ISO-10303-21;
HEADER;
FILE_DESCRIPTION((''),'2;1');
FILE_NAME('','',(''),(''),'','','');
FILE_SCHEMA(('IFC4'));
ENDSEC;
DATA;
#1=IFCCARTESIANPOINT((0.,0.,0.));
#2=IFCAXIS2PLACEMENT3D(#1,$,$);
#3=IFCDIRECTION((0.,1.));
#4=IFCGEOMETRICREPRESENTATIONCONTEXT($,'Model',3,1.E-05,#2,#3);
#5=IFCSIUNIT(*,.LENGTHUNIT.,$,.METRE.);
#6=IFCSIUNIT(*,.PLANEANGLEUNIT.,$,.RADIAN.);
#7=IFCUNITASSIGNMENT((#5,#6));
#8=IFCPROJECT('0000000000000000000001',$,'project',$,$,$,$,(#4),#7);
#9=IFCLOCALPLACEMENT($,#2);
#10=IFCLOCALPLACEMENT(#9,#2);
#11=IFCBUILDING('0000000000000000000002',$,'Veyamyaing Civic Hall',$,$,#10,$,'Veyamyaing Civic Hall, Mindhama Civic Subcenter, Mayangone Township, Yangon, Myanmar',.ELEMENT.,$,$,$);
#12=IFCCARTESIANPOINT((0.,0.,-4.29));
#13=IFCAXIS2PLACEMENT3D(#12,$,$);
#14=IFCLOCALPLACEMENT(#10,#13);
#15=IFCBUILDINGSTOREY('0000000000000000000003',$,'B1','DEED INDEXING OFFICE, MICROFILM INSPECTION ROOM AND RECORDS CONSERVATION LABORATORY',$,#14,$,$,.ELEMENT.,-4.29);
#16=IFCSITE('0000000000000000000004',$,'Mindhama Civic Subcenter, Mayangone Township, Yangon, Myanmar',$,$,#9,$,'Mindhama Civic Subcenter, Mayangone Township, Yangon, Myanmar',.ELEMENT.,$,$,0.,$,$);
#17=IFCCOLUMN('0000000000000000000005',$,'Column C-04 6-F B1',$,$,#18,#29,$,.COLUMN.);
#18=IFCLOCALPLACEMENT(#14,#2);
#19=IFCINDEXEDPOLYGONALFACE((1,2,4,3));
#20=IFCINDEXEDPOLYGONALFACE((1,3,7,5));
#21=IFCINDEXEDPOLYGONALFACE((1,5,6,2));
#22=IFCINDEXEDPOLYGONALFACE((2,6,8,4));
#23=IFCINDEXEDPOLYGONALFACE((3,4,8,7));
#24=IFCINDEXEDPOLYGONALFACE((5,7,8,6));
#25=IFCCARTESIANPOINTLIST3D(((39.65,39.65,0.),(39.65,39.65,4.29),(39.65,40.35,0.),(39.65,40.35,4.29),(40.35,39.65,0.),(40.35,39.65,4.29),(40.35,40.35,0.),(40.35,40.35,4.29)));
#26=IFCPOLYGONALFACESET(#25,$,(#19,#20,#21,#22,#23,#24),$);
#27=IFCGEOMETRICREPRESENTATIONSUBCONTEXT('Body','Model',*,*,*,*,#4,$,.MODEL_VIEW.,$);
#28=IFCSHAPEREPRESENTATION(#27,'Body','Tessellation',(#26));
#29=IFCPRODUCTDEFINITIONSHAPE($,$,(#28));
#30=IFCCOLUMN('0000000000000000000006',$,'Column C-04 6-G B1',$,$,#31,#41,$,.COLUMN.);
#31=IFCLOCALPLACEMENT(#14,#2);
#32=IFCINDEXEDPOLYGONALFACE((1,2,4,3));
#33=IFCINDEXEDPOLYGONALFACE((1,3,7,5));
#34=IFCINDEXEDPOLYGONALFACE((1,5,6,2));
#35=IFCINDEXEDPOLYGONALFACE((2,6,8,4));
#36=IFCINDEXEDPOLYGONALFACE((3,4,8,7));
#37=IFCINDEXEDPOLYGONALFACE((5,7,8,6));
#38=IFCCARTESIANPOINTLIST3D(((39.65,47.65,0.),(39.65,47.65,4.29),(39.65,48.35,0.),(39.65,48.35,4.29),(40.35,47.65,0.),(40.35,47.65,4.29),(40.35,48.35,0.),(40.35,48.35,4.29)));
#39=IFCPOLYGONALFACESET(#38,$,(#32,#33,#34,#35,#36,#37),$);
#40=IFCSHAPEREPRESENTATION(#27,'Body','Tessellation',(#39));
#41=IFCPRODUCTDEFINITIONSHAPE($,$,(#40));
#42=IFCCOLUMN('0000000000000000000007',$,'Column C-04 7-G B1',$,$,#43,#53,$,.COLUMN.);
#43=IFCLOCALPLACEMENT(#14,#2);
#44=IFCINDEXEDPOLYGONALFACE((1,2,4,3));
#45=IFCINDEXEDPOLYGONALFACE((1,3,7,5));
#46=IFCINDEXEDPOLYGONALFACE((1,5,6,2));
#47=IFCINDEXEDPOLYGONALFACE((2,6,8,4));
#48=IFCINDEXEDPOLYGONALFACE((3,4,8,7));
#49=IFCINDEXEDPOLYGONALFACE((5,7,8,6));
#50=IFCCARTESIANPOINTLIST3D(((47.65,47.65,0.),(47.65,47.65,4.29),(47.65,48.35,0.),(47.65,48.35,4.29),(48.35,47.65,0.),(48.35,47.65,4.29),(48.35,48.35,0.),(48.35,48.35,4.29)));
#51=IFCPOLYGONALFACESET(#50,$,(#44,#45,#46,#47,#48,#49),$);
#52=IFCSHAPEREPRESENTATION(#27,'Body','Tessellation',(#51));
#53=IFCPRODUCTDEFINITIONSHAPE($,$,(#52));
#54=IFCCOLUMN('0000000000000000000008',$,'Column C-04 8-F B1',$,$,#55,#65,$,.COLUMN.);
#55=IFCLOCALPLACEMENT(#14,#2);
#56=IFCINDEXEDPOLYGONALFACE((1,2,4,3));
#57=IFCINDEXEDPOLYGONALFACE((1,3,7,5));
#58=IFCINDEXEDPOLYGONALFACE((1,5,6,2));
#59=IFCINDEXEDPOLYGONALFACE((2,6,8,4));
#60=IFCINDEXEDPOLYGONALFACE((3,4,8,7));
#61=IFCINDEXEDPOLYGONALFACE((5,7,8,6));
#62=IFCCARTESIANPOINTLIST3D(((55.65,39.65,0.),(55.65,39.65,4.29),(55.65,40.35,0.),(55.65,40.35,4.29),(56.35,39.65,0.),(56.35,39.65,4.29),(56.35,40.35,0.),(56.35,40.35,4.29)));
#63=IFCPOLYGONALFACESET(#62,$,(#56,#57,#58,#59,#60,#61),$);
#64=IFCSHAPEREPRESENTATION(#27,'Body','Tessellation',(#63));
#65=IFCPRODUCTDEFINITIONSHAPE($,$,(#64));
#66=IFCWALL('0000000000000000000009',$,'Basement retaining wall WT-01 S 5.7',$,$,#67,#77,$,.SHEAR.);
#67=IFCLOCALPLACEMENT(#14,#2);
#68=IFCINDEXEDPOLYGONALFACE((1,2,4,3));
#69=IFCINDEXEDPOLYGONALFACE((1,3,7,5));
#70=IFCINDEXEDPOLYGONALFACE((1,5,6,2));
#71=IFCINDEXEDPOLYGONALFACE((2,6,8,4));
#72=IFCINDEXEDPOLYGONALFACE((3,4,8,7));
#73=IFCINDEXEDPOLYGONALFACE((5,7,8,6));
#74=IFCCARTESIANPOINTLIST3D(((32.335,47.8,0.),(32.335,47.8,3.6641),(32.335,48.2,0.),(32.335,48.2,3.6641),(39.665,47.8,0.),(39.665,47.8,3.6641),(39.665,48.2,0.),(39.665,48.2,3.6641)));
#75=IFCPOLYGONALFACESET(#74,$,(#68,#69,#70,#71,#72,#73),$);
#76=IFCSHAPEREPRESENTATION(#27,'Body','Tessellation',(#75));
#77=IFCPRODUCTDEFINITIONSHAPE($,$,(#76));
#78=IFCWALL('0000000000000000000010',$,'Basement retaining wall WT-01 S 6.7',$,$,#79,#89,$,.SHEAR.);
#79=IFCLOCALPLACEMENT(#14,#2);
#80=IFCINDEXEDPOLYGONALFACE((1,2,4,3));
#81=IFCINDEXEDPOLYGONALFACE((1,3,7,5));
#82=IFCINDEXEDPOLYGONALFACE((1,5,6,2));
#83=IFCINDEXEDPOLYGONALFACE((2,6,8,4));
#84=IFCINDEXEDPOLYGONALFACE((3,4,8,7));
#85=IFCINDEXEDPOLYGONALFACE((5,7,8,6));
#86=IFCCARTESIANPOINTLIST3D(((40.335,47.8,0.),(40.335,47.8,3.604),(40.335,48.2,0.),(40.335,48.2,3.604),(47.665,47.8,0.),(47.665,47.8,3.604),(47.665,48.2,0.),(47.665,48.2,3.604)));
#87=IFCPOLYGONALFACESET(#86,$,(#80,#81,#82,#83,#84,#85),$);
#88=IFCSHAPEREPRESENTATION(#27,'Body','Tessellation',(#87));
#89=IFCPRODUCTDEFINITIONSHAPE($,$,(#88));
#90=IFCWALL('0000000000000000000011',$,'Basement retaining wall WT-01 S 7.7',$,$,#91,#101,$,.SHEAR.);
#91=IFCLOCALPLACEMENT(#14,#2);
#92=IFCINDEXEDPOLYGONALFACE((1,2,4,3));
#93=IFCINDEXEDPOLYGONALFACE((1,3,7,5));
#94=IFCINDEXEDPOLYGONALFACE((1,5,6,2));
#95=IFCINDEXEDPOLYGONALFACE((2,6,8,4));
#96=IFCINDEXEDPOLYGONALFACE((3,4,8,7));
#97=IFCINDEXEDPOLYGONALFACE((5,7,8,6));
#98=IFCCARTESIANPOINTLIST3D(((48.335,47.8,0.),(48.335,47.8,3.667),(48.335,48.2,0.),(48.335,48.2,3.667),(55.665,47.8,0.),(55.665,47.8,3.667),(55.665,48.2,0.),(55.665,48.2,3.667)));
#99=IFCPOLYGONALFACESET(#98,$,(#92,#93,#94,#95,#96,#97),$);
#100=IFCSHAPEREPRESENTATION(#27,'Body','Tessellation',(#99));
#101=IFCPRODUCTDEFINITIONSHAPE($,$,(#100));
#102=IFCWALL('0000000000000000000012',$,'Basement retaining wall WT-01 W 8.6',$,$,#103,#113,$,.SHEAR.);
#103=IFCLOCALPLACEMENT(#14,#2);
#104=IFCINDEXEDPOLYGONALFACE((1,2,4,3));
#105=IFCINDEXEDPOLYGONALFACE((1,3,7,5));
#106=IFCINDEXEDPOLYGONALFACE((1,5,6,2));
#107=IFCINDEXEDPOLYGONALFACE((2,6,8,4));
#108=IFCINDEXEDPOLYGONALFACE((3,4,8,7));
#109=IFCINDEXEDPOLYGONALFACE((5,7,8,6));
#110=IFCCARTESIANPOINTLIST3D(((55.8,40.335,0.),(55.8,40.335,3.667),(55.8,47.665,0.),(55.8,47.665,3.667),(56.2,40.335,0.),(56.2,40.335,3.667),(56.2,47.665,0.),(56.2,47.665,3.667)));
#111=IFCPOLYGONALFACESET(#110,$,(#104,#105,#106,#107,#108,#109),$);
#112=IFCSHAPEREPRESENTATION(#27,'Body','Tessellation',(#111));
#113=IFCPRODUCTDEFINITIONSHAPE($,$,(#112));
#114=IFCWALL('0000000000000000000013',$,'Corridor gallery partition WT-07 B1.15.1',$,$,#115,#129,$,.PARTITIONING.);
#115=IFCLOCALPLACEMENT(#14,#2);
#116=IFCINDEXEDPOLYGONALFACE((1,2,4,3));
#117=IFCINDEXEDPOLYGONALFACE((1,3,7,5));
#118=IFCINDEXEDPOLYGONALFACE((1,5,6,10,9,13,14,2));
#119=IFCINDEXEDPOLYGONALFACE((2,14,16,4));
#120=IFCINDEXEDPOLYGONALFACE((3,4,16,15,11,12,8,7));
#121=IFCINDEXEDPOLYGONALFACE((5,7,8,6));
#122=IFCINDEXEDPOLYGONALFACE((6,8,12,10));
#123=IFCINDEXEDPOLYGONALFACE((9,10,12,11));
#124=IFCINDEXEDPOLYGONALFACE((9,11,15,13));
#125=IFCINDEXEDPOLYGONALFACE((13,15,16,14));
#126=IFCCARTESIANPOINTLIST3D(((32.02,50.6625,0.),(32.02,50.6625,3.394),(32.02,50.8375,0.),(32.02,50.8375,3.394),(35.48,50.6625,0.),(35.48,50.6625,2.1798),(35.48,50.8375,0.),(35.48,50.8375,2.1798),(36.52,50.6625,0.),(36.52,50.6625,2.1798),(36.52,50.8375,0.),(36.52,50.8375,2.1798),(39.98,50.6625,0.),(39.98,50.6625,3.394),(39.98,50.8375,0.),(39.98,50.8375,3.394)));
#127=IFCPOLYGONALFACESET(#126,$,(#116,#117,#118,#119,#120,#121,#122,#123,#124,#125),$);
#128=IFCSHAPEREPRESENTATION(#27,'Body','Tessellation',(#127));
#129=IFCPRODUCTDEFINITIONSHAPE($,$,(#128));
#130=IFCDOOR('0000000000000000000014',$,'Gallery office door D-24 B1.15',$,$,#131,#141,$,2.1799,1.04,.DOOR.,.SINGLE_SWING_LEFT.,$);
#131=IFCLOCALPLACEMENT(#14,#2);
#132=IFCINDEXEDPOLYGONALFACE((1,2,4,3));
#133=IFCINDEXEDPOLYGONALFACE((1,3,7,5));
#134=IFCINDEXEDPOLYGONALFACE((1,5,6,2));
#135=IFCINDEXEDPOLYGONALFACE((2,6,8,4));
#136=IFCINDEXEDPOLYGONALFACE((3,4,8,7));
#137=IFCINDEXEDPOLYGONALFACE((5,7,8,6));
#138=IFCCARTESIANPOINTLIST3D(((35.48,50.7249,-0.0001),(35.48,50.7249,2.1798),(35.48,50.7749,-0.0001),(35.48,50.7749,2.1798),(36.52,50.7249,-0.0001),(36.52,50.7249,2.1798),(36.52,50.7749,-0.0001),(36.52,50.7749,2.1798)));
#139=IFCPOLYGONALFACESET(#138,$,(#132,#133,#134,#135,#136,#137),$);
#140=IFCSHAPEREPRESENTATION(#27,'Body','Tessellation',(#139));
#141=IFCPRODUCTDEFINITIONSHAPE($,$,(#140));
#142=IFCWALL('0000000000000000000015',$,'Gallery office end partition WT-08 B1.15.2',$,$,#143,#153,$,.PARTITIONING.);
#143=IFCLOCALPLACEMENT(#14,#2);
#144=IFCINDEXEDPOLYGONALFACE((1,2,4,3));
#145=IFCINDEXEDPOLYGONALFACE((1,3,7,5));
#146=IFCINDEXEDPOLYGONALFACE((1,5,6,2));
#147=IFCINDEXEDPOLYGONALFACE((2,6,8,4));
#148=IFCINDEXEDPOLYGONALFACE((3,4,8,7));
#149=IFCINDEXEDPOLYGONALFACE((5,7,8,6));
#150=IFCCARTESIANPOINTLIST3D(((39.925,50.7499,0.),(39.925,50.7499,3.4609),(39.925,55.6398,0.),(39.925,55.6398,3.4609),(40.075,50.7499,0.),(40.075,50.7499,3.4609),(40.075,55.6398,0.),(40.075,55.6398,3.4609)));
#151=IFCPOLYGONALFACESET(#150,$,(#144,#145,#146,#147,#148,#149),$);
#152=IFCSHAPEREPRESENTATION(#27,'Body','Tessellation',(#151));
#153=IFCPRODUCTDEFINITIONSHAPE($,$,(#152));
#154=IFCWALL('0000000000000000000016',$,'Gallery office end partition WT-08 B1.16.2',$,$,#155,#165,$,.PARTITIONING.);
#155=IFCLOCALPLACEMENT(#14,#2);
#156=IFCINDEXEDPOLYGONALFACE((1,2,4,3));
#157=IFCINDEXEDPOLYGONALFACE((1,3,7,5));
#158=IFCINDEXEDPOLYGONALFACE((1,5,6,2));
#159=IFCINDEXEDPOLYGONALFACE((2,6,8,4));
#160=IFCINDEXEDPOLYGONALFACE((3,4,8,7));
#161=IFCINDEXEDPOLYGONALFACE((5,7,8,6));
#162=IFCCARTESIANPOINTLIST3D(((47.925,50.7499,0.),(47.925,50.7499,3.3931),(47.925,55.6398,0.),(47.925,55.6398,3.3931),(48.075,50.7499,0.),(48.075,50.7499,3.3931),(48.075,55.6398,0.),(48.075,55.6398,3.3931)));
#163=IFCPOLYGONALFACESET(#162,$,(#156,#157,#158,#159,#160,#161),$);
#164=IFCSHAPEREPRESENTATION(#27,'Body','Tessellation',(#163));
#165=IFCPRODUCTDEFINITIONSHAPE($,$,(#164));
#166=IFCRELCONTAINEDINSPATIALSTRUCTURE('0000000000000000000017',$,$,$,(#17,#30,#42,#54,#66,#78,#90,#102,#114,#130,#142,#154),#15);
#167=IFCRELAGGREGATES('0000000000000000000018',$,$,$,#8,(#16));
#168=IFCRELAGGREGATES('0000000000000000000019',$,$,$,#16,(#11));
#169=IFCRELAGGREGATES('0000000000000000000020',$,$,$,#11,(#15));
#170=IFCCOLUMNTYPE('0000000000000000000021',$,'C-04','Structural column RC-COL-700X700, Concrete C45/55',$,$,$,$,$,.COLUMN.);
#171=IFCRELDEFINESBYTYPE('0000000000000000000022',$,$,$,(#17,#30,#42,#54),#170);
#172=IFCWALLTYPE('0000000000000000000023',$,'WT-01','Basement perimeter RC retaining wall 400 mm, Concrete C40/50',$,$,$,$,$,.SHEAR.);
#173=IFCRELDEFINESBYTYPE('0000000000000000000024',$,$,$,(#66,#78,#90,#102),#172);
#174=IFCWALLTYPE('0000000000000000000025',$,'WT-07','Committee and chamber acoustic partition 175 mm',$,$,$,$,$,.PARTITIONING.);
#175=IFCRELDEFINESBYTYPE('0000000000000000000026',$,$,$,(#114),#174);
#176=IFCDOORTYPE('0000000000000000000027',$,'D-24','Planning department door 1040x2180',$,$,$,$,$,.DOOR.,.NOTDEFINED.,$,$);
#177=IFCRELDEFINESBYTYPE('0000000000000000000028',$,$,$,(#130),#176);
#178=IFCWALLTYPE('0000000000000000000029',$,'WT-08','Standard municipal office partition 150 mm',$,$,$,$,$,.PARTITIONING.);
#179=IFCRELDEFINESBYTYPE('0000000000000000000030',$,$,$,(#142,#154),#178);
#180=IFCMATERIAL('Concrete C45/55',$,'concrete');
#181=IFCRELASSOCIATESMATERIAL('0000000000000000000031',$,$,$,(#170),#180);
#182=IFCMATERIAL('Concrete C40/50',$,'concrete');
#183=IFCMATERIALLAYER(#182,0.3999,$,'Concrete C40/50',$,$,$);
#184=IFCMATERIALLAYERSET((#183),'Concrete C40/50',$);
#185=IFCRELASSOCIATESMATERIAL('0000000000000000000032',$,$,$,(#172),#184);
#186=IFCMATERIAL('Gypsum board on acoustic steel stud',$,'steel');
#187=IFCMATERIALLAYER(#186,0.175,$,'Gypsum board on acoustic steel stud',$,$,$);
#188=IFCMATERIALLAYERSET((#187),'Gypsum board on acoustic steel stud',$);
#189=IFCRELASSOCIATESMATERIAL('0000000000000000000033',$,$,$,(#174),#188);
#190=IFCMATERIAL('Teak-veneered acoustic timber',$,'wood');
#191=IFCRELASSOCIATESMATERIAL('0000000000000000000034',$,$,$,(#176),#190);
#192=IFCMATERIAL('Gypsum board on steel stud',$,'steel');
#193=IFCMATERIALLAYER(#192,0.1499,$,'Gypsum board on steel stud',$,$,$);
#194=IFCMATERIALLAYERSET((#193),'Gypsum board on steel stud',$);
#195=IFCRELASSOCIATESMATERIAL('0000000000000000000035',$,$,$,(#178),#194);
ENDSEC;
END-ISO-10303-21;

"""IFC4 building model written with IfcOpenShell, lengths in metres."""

from ifc_helpers import new_model, si_unit, direction, frame, frame_2d, origin, origin_2d, place, context, subcontext, project, spatial, rectangle, extrude, material, layer, layer_set, material_profile, profile_set, type_object, element, fill, save


model = new_model("IFC4")

# Units and contexts
model_context = context("Model", 3, precision=1e-05, world=origin(), true_north=direction((0.0, 1.0)))
body_context = subcontext(model_context, "Body", "Model", "MODEL_VIEW")
ifc_project = project(units=[si_unit("LENGTHUNIT", "METRE"), si_unit("PLANEANGLEUNIT", "RADIAN")], contexts=[model_context])

# Site, building, storey
site_placement = place(None, origin())
site = spatial("IfcSite", under=ifc_project, at=site_placement, Name="Mindhama Civic Subcenter, Mayangone Township, Yangon, Myanmar", LongName="Mindhama Civic Subcenter, Mayangone Township, Yangon, Myanmar", CompositionType="ELEMENT", RefElevation=0.0)
building_placement = place(site_placement, origin())
building = spatial("IfcBuilding", under=site, at=building_placement, Name="Veyamyaing Civic Hall", LongName="Veyamyaing Civic Hall, Mindhama Civic Subcenter, Mayangone Township, Yangon, Myanmar", CompositionType="ELEMENT")
storey_placement = place(building_placement, frame((0.0, 0.0, -4.29)))
storey = spatial("IfcBuildingStorey", under=building, at=storey_placement, Name="B1", Description="DEED INDEXING OFFICE, MICROFILM INSPECTION ROOM AND RECORDS CONSERVATION LABORATORY", CompositionType="ELEMENT", Elevation=-4.29)

# Shared definitions
ifc_material_1 = material(Name="Concrete C40/50", Category="concrete")

# Columns
ifc_material_2 = material(Name="Concrete C45/55", Category="concrete")
ifc_material_profile_1 = material_profile(ifc_material_2, rectangle(XDim=0.7, YDim=0.7, at=origin_2d()), Name="RC-COL-700X700")
ifc_profile_set_1 = profile_set([ifc_material_profile_1], Name="Concrete C45/55")
column_type = type_object("IfcColumnType", Name="C-04", Description="Structural column RC-COL-700X700, Concrete C45/55", PredefinedType="COLUMN", material=ifc_profile_set_1)
for number, where, z_axis, x_axis, name in (
    (1, (40.0, 40.0, 0.0), (0.0, 0.0, 1.0), (1.0, 0.0, 0.0), "Column C-04 6-F B1"),
    (2, (40.0, 48.0, 0.0), (0.0, 0.0, 1.0), (1.0, 0.0, 0.0), "Column C-04 6-G B1"),
    (3, (48.0, 48.0, 0.0), (0.0, 0.0, 1.0), (1.0, 0.0, 0.0), "Column C-04 7-G B1"),
    (4, (56.0, 40.0, 0.0), (0.0, 0.0, 1.0), (1.0, 0.0, 0.0), "Column C-04 8-F B1"),
):
    element("IfcColumn", number, at=place(storey_placement, frame(where, z_axis=z_axis, x_axis=x_axis)), inside=storey, type_object=column_type, Name=name, PredefinedType="COLUMN", context=body_context, shape_type="SweptSolid", body=[
        extrude(rectangle(XDim=0.7, YDim=0.7, at=origin_2d()), origin(), (0.0, 0.0, 1.0), 4.29),
    ])

# Walls
ifc_layer_1 = layer(ifc_material_1, 0.3999, Name="Concrete C40/50")
ifc_layer_set_1 = layer_set([ifc_layer_1], Name="Concrete C40/50")
wall_type_1 = type_object("IfcWallType", Name="WT-01", Description="Basement perimeter RC retaining wall 400 mm, Concrete C40/50", PredefinedType="SHEAR", material=ifc_layer_set_1)
wall_1_placement = place(storey_placement, frame((32.335, 48.0, 0.0), z_axis=(0.0, 0.0, 1.0), x_axis=(1.0, 0.0, 0.0)))
element("IfcWall", 5, at=wall_1_placement, inside=storey, type_object=wall_type_1, Name="Basement retaining wall WT-01 S 5.7", PredefinedType="SHEAR", context=body_context, shape_type="SweptSolid", body=[
    extrude(rectangle(XDim=7.3301, YDim=0.3999, at=frame_2d((3.665, 0.0))), origin(), (0.0, 0.0, 1.0), 3.6641),
])
wall_2_placement = place(storey_placement, frame((40.335, 48.0, 0.0), z_axis=(0.0, 0.0, 1.0), x_axis=(1.0, 0.0, 0.0)))
element("IfcWall", 6, at=wall_2_placement, inside=storey, type_object=wall_type_1, Name="Basement retaining wall WT-01 S 6.7", PredefinedType="SHEAR", context=body_context, shape_type="SweptSolid", body=[
    extrude(rectangle(XDim=7.3301, YDim=0.3999, at=frame_2d((3.665, 0.0))), origin(), (0.0, 0.0, 1.0), 3.604),
])
for number, where, z_axis, x_axis, name in (
    (7, (48.335, 48.0, 0.0), (0.0, 0.0, 1.0), (1.0, 0.0, 0.0), "Basement retaining wall WT-01 S 7.7"),
    (8, (56.0, 40.335, 0.0), (0.0, 0.0, 1.0), (0.0, 1.0, 0.0), "Basement retaining wall WT-01 W 8.6"),
):
    element("IfcWall", number, at=place(storey_placement, frame(where, z_axis=z_axis, x_axis=x_axis)), inside=storey, type_object=wall_type_1, Name=name, PredefinedType="SHEAR", context=body_context, shape_type="SweptSolid", body=[
        extrude(rectangle(XDim=7.3301, YDim=0.3999, at=frame_2d((3.665, 0.0))), origin(), (0.0, 0.0, 1.0), 3.667),
    ])

# Wall, opening, door
ifc_material_3 = material(Name="Gypsum board on acoustic steel stud", Category="steel")
ifc_layer_2 = layer(ifc_material_3, 0.175, Name="Gypsum board on acoustic steel stud")
ifc_layer_set_2 = layer_set([ifc_layer_2], Name="Gypsum board on acoustic steel stud")
wall_type_2 = type_object("IfcWallType", Name="WT-07", Description="Committee and chamber acoustic partition 175 mm", PredefinedType="PARTITIONING", material=ifc_layer_set_2)
wall_3_placement = place(storey_placement, frame((32.02, 50.75, 0.0), z_axis=(0.0, 0.0, 1.0), x_axis=(1.0, 0.0, 0.0)))
wall_3 = element("IfcWall", 9, at=wall_3_placement, inside=storey, type_object=wall_type_2, Name="Corridor gallery partition WT-07 B1.15.1", PredefinedType="PARTITIONING", context=body_context, shape_type="SweptSolid", body=[
    extrude(rectangle(XDim=7.96, YDim=0.175, at=frame_2d((3.98, 0.0))), origin(), (0.0, 0.0, 1.0), 3.394),
])
opening_1_placement = place(wall_3_placement, frame((3.46, 0.0, 0.0)))
opening_1 = element("IfcOpeningElement", 10, at=opening_1_placement, cuts=wall_3, PredefinedType="OPENING", context=body_context, shape_type="SweptSolid", body=[
    extrude(rectangle(XDim=1.04, YDim=2.1799, at=frame_2d((0.52, 1.0898))), frame((0.0, 0.0974, 0.0), z_axis=(0.0, -1.0, 0.0), x_axis=(1.0, 0.0, 0.0)), (0.0, 0.0, 1.0), 0.1951),
])
ifc_material_4 = material(Name="Teak-veneered acoustic timber", Category="wood")
door_type_1 = type_object("IfcDoorType", Name="D-24", Description="Planning department door 1040x2180", OperationType="NOTDEFINED", PredefinedType="DOOR", material=ifc_material_4)
door_1_placement = place(opening_1_placement, origin())
door_1 = element("IfcDoor", 11, at=door_1_placement, inside=storey, type_object=door_type_1, Name="Gallery office door D-24 B1.15", OperationType="SINGLE_SWING_LEFT", OverallHeight=2.1799, OverallWidth=1.04, PredefinedType="DOOR", context=body_context, shape_type="SweptSolid", body=[
    extrude(rectangle(XDim=1.04, YDim=2.1799, at=frame_2d((0.52, 1.0898))), frame((0.0, 0.0249, 0.0), z_axis=(0.0, -1.0, 0.0), x_axis=(1.0, 0.0, 0.0)), (0.0, 0.0, 1.0), 0.05),
])
fill(opening_1, door_1)

# Walls
ifc_material_5 = material(Name="Gypsum board on steel stud", Category="steel")
ifc_layer_3 = layer(ifc_material_5, 0.1499, Name="Gypsum board on steel stud")
ifc_layer_set_3 = layer_set([ifc_layer_3], Name="Gypsum board on steel stud")
wall_type_3 = type_object("IfcWallType", Name="WT-08", Description="Standard municipal office partition 150 mm", PredefinedType="PARTITIONING", material=ifc_layer_set_3)
wall_4_placement = place(storey_placement, frame((40.0, 50.75, 0.0), z_axis=(0.0, 0.0, 1.0), x_axis=(0.0, 1.0, 0.0)))
element("IfcWall", 12, at=wall_4_placement, inside=storey, type_object=wall_type_3, Name="Gallery office end partition WT-08 B1.15.2", PredefinedType="PARTITIONING", context=body_context, shape_type="SweptSolid", body=[
    extrude(rectangle(XDim=4.8899, YDim=0.1499, at=frame_2d((2.4448, 0.0))), origin(), (0.0, 0.0, 1.0), 3.4609),
])
wall_5_placement = place(storey_placement, frame((48.0, 50.75, 0.0), z_axis=(0.0, 0.0, 1.0), x_axis=(0.0, 1.0, 0.0)))
element("IfcWall", 13, at=wall_5_placement, inside=storey, type_object=wall_type_3, Name="Gallery office end partition WT-08 B1.16.2", PredefinedType="PARTITIONING", context=body_context, shape_type="SweptSolid", body=[
    extrude(rectangle(XDim=4.8899, YDim=0.1499, at=frame_2d((2.4448, 0.0))), origin(), (0.0, 0.0, 1.0), 3.3931),
])

save(model, "model.ifc")
